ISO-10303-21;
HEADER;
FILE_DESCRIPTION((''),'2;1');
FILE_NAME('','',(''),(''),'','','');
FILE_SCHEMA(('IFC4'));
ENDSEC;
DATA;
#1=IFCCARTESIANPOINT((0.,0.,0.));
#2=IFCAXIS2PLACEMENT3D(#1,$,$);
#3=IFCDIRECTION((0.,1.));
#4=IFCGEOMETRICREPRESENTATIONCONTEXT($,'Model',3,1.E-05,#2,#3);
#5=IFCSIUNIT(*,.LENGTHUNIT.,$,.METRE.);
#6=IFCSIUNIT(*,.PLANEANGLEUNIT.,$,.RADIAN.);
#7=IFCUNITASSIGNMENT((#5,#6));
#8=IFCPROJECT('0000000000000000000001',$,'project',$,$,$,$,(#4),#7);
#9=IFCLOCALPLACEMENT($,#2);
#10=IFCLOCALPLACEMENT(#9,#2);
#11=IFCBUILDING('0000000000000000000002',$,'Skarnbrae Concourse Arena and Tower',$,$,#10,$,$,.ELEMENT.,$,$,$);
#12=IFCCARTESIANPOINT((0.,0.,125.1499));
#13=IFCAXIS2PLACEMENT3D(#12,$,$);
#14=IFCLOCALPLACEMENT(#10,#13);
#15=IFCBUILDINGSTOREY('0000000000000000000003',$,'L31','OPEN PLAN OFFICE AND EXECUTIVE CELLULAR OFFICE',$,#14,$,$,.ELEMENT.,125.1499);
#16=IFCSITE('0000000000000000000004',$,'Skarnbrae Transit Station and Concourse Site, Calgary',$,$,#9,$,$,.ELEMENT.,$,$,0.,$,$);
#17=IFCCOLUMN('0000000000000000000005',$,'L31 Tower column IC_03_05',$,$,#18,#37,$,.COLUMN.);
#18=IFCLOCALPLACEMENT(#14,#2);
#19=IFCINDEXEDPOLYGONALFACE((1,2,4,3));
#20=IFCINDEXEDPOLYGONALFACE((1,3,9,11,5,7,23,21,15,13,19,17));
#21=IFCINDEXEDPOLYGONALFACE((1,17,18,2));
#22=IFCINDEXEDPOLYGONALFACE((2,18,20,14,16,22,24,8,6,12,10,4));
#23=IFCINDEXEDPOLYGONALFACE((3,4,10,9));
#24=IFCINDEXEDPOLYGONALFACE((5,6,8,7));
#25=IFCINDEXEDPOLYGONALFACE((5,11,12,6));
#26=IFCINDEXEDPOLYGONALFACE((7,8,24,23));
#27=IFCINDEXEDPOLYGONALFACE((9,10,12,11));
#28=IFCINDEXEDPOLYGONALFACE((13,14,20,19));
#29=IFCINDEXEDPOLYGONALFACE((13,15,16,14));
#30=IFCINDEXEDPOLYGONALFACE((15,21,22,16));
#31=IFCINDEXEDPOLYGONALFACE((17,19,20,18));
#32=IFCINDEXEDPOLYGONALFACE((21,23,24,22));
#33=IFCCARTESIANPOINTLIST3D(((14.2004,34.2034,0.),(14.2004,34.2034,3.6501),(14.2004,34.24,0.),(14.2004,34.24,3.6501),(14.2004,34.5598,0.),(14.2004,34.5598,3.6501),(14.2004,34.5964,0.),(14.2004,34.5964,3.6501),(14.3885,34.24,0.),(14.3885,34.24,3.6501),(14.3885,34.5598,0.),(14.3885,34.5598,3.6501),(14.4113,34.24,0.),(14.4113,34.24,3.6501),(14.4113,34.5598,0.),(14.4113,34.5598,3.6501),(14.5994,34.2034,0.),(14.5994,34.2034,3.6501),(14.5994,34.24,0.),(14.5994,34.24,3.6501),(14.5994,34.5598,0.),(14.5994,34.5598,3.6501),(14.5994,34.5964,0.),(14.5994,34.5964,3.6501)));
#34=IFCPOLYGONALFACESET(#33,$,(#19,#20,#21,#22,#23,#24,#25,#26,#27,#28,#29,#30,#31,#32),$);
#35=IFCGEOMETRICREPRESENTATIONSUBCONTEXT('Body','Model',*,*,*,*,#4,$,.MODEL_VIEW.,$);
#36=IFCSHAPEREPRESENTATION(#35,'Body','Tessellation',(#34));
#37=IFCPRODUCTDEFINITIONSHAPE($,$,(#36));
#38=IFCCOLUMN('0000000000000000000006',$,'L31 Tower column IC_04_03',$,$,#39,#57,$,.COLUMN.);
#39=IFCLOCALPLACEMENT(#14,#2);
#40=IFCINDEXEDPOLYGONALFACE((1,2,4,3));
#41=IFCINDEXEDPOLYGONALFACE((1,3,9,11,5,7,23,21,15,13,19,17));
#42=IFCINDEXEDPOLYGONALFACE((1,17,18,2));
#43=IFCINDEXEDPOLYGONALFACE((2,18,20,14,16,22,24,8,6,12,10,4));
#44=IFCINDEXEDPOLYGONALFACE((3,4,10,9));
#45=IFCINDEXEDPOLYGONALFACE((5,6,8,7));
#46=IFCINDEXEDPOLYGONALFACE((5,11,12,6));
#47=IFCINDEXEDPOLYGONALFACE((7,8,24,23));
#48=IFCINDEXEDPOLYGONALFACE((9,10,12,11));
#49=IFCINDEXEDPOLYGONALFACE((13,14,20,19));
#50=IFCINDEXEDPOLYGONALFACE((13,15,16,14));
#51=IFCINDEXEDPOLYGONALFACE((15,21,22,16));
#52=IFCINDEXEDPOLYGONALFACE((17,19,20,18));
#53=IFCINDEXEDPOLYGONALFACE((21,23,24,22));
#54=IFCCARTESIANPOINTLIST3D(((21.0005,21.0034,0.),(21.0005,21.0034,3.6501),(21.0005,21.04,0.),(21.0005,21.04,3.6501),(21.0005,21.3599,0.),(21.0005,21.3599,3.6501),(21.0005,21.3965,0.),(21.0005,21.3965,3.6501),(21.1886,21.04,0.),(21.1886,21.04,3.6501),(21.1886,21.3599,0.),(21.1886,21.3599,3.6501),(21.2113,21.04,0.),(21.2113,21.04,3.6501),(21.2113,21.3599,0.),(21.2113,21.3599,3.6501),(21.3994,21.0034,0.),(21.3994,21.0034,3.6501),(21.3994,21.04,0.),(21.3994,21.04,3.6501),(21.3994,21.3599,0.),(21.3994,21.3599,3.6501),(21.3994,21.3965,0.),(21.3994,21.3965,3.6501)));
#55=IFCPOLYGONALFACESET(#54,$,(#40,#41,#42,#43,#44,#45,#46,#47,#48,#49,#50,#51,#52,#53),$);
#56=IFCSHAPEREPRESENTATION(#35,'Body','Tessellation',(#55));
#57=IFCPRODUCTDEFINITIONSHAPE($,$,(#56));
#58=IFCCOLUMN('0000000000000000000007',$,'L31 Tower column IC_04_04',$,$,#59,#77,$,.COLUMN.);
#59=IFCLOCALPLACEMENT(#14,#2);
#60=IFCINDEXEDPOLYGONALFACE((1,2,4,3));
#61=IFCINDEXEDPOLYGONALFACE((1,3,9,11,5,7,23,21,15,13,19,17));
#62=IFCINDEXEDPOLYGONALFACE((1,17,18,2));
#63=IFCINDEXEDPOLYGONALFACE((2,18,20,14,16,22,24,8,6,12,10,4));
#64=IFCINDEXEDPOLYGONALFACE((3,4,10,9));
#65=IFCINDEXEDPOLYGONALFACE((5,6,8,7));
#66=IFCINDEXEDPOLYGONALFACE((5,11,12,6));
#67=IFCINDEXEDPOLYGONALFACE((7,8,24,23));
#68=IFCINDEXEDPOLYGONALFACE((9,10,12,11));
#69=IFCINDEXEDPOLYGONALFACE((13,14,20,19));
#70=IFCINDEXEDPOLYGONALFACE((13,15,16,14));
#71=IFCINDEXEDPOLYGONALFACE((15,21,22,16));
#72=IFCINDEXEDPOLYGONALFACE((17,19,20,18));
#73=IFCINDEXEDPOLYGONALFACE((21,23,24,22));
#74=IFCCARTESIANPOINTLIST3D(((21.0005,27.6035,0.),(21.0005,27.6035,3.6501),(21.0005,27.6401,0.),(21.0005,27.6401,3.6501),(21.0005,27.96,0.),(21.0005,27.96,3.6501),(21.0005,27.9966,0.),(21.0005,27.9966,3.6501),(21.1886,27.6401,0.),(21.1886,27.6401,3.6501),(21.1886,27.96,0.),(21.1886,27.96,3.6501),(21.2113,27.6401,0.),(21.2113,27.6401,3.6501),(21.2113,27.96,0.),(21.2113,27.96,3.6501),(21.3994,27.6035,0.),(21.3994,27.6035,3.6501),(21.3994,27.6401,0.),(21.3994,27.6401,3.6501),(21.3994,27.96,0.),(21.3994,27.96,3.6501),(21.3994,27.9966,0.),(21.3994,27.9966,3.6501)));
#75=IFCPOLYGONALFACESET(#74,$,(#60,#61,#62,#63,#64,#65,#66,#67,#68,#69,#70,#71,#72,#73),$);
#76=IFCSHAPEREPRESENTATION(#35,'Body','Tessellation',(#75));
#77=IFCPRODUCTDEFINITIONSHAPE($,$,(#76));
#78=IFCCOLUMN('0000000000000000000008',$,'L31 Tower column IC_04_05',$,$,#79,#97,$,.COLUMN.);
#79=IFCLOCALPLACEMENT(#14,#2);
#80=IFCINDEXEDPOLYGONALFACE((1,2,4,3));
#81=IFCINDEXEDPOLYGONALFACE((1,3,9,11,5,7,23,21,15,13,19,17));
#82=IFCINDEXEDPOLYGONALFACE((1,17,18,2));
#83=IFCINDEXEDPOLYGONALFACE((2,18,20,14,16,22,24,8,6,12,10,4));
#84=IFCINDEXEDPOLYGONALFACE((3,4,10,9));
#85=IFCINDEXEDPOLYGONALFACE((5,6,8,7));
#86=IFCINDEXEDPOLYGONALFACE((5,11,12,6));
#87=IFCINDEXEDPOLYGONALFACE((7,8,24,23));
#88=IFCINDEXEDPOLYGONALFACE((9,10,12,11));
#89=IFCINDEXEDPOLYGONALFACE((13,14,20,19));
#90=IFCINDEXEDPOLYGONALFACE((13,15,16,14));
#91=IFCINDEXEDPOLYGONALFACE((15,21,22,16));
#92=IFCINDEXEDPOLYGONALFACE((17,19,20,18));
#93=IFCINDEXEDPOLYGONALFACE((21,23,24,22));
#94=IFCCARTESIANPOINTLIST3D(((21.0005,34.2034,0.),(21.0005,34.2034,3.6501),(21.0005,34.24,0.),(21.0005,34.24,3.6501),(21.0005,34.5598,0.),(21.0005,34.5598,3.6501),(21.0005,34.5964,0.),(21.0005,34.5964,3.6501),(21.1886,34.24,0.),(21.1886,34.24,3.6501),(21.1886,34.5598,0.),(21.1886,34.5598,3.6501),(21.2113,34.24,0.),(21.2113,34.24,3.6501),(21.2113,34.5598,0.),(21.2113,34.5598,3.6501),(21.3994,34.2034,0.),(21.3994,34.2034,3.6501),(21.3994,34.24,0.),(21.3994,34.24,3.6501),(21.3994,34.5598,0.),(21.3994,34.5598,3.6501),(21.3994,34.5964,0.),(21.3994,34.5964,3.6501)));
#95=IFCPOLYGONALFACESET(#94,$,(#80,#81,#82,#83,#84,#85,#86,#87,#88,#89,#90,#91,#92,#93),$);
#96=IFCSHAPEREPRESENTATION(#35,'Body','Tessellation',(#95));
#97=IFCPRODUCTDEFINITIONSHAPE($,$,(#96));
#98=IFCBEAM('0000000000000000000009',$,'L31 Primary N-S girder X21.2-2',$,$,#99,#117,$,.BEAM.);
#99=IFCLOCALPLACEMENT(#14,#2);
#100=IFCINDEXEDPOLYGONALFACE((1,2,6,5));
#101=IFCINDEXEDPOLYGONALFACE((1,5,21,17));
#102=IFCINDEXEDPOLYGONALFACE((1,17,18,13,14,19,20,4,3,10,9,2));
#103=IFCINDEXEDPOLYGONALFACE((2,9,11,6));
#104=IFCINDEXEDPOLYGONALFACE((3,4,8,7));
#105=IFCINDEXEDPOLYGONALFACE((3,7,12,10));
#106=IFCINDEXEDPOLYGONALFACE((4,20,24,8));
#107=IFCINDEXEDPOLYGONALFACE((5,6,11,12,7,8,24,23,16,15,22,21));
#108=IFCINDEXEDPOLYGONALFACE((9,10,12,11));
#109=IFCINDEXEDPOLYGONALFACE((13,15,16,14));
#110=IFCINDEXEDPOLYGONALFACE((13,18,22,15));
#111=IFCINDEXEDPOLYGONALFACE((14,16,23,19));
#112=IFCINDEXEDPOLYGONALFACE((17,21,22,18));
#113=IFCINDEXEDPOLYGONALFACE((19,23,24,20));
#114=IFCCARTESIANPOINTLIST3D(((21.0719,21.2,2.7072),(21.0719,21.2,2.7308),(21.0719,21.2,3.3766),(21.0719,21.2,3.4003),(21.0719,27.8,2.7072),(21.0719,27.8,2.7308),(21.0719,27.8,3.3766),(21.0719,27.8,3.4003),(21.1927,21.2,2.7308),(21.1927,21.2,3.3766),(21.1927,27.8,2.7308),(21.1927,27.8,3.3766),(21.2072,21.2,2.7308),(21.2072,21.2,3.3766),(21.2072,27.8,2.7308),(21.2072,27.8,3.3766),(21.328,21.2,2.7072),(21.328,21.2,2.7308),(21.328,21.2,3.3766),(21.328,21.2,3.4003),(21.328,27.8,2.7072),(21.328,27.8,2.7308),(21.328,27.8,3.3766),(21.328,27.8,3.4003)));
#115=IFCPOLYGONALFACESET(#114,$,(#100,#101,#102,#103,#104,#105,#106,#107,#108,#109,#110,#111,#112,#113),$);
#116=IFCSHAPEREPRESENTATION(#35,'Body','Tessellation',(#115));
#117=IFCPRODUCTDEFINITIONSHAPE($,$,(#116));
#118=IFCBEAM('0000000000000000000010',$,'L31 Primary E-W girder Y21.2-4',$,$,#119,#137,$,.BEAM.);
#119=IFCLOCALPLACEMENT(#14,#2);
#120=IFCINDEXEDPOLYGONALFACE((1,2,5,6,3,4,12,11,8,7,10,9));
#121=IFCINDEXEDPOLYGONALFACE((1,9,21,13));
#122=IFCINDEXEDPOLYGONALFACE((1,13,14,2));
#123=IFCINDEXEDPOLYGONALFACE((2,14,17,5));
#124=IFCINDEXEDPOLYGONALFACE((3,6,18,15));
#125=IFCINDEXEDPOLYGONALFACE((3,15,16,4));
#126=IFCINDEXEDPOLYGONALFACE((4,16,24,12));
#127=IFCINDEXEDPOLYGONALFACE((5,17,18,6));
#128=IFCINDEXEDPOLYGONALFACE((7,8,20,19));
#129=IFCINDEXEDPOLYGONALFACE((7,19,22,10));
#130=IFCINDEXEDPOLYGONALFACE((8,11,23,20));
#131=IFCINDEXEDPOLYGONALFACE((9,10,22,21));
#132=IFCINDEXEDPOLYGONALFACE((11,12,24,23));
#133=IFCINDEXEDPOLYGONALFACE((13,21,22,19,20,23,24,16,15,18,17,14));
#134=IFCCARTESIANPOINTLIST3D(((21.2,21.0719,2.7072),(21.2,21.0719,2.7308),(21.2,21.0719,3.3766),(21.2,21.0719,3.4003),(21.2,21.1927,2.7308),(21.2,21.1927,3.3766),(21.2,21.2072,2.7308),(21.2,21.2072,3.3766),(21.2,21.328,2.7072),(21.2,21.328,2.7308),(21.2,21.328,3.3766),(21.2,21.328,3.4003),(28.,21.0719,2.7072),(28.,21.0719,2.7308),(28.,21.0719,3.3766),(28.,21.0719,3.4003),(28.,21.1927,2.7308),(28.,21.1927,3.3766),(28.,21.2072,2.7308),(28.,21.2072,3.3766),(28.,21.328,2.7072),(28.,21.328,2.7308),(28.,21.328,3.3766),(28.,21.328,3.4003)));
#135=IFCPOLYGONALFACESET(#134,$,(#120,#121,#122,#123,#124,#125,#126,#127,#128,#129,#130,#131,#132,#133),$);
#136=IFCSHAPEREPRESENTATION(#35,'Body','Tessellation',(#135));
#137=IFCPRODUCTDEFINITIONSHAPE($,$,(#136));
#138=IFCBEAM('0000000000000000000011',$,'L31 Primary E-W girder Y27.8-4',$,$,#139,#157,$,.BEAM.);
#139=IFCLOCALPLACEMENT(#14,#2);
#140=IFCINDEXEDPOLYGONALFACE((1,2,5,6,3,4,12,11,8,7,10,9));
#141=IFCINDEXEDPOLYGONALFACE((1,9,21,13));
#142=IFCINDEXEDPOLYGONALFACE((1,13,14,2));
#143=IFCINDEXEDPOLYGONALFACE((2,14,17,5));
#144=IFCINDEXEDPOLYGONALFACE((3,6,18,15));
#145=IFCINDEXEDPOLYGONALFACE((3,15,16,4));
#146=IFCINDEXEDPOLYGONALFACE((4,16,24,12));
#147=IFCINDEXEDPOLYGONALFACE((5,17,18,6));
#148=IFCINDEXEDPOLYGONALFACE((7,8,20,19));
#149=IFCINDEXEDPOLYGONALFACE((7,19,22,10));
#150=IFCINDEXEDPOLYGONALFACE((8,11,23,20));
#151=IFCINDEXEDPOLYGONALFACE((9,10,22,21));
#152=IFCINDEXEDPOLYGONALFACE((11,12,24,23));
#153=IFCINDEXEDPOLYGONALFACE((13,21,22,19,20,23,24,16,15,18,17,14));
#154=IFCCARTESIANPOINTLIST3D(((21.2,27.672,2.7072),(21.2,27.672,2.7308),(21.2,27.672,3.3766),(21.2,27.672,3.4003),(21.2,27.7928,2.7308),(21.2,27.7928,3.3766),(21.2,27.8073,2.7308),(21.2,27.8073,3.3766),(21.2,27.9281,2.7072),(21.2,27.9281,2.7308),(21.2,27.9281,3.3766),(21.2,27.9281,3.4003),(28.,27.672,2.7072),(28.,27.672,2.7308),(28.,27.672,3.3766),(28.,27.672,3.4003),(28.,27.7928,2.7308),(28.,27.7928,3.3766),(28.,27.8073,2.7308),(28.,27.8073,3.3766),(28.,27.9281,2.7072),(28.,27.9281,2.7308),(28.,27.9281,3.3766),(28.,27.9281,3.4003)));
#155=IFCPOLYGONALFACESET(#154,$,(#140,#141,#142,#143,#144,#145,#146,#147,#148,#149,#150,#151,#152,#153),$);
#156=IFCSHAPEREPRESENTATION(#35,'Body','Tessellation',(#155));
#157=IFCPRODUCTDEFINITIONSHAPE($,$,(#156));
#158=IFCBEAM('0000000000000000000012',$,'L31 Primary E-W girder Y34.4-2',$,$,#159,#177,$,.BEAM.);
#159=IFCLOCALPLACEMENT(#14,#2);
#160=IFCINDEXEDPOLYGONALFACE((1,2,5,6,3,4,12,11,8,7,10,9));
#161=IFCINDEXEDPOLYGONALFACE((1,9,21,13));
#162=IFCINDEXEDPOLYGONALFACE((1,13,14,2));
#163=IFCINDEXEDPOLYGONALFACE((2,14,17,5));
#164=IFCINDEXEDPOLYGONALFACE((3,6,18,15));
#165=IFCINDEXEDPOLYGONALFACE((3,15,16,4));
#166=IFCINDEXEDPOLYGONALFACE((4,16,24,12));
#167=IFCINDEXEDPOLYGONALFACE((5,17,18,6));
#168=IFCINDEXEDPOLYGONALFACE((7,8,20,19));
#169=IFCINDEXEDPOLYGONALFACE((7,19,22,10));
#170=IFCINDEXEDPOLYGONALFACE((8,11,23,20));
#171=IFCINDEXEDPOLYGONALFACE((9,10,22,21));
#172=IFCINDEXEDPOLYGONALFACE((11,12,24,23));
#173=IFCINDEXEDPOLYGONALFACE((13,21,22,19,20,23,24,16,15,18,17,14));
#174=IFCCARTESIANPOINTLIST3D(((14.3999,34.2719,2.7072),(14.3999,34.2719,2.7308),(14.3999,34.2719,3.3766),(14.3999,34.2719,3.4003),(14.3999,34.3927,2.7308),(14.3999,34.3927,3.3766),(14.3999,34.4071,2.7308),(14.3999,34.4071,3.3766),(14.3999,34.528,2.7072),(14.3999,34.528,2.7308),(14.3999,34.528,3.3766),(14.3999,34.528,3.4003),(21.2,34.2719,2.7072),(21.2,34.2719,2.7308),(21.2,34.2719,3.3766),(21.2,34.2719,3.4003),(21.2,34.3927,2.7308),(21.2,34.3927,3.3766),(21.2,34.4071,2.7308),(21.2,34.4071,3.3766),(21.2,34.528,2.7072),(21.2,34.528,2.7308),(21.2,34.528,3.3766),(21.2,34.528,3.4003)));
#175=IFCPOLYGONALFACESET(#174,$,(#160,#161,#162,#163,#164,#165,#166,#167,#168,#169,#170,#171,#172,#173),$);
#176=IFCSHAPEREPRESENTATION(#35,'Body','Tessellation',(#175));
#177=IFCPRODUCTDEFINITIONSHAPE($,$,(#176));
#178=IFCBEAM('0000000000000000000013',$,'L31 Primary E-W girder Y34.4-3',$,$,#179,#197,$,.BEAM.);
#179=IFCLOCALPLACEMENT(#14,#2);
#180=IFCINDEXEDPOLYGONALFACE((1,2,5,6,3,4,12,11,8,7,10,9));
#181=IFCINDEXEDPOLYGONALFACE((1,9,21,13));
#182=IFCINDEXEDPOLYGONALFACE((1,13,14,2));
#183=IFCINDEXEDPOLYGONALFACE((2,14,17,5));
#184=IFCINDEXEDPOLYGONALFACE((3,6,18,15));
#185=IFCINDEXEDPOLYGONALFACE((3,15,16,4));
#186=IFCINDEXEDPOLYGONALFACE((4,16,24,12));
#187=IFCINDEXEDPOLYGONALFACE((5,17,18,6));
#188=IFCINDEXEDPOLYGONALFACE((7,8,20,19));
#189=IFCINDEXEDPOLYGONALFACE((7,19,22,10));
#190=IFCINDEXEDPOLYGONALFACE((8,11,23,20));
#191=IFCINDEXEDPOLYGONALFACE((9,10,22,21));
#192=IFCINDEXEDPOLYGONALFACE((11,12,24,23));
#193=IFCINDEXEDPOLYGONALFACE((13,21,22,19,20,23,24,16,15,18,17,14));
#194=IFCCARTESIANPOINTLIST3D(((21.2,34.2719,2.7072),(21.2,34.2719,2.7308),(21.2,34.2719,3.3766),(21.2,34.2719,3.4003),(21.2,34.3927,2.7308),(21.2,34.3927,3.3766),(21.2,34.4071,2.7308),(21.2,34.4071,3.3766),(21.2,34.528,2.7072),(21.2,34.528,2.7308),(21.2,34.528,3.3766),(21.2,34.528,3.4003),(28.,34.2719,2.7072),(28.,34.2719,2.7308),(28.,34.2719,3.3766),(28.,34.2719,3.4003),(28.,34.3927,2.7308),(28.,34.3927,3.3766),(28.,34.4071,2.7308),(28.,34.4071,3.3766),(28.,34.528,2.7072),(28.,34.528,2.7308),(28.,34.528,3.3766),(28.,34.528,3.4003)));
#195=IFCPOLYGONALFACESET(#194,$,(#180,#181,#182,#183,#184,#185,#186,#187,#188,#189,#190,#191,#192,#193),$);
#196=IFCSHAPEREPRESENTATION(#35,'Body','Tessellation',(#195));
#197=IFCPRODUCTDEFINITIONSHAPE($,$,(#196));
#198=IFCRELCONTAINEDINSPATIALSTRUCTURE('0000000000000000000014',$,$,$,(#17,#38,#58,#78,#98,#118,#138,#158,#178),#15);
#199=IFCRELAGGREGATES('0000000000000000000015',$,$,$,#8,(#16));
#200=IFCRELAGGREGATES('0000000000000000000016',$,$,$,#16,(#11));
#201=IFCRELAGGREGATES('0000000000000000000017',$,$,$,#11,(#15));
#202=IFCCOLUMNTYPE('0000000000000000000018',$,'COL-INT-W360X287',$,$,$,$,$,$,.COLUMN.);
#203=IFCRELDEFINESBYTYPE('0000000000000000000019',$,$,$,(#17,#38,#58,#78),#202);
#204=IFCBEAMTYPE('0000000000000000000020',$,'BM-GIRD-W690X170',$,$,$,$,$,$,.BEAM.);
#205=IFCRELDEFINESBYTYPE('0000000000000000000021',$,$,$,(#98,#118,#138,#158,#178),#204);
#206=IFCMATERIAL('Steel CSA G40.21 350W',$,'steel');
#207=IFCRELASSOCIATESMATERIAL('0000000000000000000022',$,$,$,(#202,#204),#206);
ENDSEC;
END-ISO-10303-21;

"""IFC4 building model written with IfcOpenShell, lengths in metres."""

from ifc_helpers import new_model, si_unit, direction, frame, origin, origin_2d, place, context, subcontext, project, spatial, i_section, extrude, source, transform, mapped, material, material_profile, profile_set, type_object, element, save


model = new_model("IFC4")

# Units and contexts
model_context = context("Model", 3, precision=1e-05, world=origin(), true_north=direction((0.0, 1.0)))
body_context = subcontext(model_context, "Body", "Model", "MODEL_VIEW")
ifc_project = project(units=[si_unit("LENGTHUNIT", "METRE"), si_unit("PLANEANGLEUNIT", "RADIAN")], contexts=[model_context])

# Site, building, storey
site_placement = place(None, origin())
site = spatial("IfcSite", under=ifc_project, at=site_placement, Name="Skarnbrae Transit Station and Concourse Site, Calgary", CompositionType="ELEMENT", RefElevation=0.0)
building_placement = place(site_placement, origin())
building = spatial("IfcBuilding", under=site, at=building_placement, Name="Skarnbrae Concourse Arena and Tower", CompositionType="ELEMENT")
storey_placement = place(building_placement, frame((0.0, 0.0, 125.1499)))
storey = spatial("IfcBuildingStorey", under=building, at=storey_placement, Name="L31", Description="OPEN PLAN OFFICE AND EXECUTIVE CELLULAR OFFICE", CompositionType="ELEMENT", Elevation=125.1499)

# Columns
ifc_material_1 = material(Name="Steel CSA G40.21 350W", Category="steel")
ifc_material_profile_1 = material_profile(ifc_material_1, i_section(OverallWidth=0.3989, OverallDepth=0.3931, WebThickness=0.0227, FlangeThickness=0.0366, at=origin_2d()), Name="W360X287")
ifc_profile_set_1 = profile_set([ifc_material_profile_1], Name="Steel CSA G40.21 350W")
column_type = type_object("IfcColumnType", Name="COL-INT-W360X287", PredefinedType="COLUMN", material=ifc_profile_set_1)
shared_shape_1 = source(origin(), body_context, "Body", "SweptSolid", [
    extrude(i_section(OverallWidth=0.3989, OverallDepth=0.3931, WebThickness=0.0227, FlangeThickness=0.0366, at=origin_2d()), origin(), (0.0, 0.0, 1.0), 3.6501),
])
for number, where, z_axis, x_axis, name in (
    (1, (14.3999, 34.3999, 0.0), (0.0, 0.0, 1.0), (1.0, 0.0, 0.0), "L31 Tower column IC_03_05"),
    (2, (21.2, 21.2, 0.0), (0.0, 0.0, 1.0), (1.0, 0.0, 0.0), "L31 Tower column IC_04_03"),
    (3, (21.2, 27.8, 0.0), (0.0, 0.0, 1.0), (1.0, 0.0, 0.0), "L31 Tower column IC_04_04"),
    (4, (21.2, 34.3999, 0.0), (0.0, 0.0, 1.0), (1.0, 0.0, 0.0), "L31 Tower column IC_04_05"),
):
    element("IfcColumn", number, at=place(storey_placement, frame(where, z_axis=z_axis, x_axis=x_axis)), inside=storey, type_object=column_type, Name=name, PredefinedType="COLUMN", context=body_context, shape_type="MappedRepresentation", body=[
        mapped(shared_shape_1, transform((0.0, 0.0, 0.0))),
    ])

# Beams
ifc_material_profile_2 = material_profile(ifc_material_1, i_section(OverallWidth=0.2561, OverallDepth=0.6931, WebThickness=0.0144, FlangeThickness=0.0237, at=origin_2d()), Name="W690X170")
ifc_profile_set_2 = profile_set([ifc_material_profile_2], Name="Steel CSA G40.21 350W")
beam_type_1 = type_object("IfcBeamType", Name="BM-GIRD-W690X170", PredefinedType="BEAM", material=ifc_profile_set_2)
shared_shape_2 = source(origin(), body_context, "Body", "SweptSolid", [
    extrude(i_section(OverallWidth=0.2561, OverallDepth=0.6931, WebThickness=0.0144, FlangeThickness=0.0237, at=origin_2d()), origin(), (0.0, 0.0, 1.0), 6.6001),
])
beam_1_placement = place(storey_placement, frame((21.2, 21.2, 3.0537), z_axis=(0.0, 1.0, 0.0), x_axis=(-1.0, 0.0, 0.0)))
element("IfcBeam", 5, at=beam_1_placement, inside=storey, type_object=beam_type_1, Name="L31 Primary N-S girder X21.2-2", PredefinedType="BEAM", context=body_context, shape_type="MappedRepresentation", body=[
    mapped(shared_shape_2, transform((0.0, 0.0, 0.0))),
])
shared_shape_3 = source(origin(), body_context, "Body", "SweptSolid", [
    extrude(i_section(OverallWidth=0.2561, OverallDepth=0.6931, WebThickness=0.0144, FlangeThickness=0.0237, at=origin_2d()), origin(), (0.0, 0.0, 1.0), 6.8),
])
for number, where, z_axis, x_axis, name in (
    (6, (21.2, 21.2, 3.0537), (1.0, 0.0, 0.0), (0.0, 1.0, 0.0), "L31 Primary E-W girder Y21.2-4"),
    (7, (21.2, 27.8, 3.0537), (1.0, 0.0, 0.0), (0.0, 1.0, 0.0), "L31 Primary E-W girder Y27.8-4"),
    (8, (14.3999, 34.3999, 3.0537), (1.0, 0.0, 0.0), (0.0, 1.0, 0.0), "L31 Primary E-W girder Y34.4-2"),
    (9, (21.2, 34.3999, 3.0537), (1.0, 0.0, 0.0), (0.0, 1.0, 0.0), "L31 Primary E-W girder Y34.4-3"),
):
    element("IfcBeam", number, at=place(storey_placement, frame(where, z_axis=z_axis, x_axis=x_axis)), inside=storey, type_object=beam_type_1, Name=name, PredefinedType="BEAM", context=body_context, shape_type="MappedRepresentation", body=[
        mapped(shared_shape_3, transform((0.0, 0.0, 0.0))),
    ])

save(model, "model.ifc")
